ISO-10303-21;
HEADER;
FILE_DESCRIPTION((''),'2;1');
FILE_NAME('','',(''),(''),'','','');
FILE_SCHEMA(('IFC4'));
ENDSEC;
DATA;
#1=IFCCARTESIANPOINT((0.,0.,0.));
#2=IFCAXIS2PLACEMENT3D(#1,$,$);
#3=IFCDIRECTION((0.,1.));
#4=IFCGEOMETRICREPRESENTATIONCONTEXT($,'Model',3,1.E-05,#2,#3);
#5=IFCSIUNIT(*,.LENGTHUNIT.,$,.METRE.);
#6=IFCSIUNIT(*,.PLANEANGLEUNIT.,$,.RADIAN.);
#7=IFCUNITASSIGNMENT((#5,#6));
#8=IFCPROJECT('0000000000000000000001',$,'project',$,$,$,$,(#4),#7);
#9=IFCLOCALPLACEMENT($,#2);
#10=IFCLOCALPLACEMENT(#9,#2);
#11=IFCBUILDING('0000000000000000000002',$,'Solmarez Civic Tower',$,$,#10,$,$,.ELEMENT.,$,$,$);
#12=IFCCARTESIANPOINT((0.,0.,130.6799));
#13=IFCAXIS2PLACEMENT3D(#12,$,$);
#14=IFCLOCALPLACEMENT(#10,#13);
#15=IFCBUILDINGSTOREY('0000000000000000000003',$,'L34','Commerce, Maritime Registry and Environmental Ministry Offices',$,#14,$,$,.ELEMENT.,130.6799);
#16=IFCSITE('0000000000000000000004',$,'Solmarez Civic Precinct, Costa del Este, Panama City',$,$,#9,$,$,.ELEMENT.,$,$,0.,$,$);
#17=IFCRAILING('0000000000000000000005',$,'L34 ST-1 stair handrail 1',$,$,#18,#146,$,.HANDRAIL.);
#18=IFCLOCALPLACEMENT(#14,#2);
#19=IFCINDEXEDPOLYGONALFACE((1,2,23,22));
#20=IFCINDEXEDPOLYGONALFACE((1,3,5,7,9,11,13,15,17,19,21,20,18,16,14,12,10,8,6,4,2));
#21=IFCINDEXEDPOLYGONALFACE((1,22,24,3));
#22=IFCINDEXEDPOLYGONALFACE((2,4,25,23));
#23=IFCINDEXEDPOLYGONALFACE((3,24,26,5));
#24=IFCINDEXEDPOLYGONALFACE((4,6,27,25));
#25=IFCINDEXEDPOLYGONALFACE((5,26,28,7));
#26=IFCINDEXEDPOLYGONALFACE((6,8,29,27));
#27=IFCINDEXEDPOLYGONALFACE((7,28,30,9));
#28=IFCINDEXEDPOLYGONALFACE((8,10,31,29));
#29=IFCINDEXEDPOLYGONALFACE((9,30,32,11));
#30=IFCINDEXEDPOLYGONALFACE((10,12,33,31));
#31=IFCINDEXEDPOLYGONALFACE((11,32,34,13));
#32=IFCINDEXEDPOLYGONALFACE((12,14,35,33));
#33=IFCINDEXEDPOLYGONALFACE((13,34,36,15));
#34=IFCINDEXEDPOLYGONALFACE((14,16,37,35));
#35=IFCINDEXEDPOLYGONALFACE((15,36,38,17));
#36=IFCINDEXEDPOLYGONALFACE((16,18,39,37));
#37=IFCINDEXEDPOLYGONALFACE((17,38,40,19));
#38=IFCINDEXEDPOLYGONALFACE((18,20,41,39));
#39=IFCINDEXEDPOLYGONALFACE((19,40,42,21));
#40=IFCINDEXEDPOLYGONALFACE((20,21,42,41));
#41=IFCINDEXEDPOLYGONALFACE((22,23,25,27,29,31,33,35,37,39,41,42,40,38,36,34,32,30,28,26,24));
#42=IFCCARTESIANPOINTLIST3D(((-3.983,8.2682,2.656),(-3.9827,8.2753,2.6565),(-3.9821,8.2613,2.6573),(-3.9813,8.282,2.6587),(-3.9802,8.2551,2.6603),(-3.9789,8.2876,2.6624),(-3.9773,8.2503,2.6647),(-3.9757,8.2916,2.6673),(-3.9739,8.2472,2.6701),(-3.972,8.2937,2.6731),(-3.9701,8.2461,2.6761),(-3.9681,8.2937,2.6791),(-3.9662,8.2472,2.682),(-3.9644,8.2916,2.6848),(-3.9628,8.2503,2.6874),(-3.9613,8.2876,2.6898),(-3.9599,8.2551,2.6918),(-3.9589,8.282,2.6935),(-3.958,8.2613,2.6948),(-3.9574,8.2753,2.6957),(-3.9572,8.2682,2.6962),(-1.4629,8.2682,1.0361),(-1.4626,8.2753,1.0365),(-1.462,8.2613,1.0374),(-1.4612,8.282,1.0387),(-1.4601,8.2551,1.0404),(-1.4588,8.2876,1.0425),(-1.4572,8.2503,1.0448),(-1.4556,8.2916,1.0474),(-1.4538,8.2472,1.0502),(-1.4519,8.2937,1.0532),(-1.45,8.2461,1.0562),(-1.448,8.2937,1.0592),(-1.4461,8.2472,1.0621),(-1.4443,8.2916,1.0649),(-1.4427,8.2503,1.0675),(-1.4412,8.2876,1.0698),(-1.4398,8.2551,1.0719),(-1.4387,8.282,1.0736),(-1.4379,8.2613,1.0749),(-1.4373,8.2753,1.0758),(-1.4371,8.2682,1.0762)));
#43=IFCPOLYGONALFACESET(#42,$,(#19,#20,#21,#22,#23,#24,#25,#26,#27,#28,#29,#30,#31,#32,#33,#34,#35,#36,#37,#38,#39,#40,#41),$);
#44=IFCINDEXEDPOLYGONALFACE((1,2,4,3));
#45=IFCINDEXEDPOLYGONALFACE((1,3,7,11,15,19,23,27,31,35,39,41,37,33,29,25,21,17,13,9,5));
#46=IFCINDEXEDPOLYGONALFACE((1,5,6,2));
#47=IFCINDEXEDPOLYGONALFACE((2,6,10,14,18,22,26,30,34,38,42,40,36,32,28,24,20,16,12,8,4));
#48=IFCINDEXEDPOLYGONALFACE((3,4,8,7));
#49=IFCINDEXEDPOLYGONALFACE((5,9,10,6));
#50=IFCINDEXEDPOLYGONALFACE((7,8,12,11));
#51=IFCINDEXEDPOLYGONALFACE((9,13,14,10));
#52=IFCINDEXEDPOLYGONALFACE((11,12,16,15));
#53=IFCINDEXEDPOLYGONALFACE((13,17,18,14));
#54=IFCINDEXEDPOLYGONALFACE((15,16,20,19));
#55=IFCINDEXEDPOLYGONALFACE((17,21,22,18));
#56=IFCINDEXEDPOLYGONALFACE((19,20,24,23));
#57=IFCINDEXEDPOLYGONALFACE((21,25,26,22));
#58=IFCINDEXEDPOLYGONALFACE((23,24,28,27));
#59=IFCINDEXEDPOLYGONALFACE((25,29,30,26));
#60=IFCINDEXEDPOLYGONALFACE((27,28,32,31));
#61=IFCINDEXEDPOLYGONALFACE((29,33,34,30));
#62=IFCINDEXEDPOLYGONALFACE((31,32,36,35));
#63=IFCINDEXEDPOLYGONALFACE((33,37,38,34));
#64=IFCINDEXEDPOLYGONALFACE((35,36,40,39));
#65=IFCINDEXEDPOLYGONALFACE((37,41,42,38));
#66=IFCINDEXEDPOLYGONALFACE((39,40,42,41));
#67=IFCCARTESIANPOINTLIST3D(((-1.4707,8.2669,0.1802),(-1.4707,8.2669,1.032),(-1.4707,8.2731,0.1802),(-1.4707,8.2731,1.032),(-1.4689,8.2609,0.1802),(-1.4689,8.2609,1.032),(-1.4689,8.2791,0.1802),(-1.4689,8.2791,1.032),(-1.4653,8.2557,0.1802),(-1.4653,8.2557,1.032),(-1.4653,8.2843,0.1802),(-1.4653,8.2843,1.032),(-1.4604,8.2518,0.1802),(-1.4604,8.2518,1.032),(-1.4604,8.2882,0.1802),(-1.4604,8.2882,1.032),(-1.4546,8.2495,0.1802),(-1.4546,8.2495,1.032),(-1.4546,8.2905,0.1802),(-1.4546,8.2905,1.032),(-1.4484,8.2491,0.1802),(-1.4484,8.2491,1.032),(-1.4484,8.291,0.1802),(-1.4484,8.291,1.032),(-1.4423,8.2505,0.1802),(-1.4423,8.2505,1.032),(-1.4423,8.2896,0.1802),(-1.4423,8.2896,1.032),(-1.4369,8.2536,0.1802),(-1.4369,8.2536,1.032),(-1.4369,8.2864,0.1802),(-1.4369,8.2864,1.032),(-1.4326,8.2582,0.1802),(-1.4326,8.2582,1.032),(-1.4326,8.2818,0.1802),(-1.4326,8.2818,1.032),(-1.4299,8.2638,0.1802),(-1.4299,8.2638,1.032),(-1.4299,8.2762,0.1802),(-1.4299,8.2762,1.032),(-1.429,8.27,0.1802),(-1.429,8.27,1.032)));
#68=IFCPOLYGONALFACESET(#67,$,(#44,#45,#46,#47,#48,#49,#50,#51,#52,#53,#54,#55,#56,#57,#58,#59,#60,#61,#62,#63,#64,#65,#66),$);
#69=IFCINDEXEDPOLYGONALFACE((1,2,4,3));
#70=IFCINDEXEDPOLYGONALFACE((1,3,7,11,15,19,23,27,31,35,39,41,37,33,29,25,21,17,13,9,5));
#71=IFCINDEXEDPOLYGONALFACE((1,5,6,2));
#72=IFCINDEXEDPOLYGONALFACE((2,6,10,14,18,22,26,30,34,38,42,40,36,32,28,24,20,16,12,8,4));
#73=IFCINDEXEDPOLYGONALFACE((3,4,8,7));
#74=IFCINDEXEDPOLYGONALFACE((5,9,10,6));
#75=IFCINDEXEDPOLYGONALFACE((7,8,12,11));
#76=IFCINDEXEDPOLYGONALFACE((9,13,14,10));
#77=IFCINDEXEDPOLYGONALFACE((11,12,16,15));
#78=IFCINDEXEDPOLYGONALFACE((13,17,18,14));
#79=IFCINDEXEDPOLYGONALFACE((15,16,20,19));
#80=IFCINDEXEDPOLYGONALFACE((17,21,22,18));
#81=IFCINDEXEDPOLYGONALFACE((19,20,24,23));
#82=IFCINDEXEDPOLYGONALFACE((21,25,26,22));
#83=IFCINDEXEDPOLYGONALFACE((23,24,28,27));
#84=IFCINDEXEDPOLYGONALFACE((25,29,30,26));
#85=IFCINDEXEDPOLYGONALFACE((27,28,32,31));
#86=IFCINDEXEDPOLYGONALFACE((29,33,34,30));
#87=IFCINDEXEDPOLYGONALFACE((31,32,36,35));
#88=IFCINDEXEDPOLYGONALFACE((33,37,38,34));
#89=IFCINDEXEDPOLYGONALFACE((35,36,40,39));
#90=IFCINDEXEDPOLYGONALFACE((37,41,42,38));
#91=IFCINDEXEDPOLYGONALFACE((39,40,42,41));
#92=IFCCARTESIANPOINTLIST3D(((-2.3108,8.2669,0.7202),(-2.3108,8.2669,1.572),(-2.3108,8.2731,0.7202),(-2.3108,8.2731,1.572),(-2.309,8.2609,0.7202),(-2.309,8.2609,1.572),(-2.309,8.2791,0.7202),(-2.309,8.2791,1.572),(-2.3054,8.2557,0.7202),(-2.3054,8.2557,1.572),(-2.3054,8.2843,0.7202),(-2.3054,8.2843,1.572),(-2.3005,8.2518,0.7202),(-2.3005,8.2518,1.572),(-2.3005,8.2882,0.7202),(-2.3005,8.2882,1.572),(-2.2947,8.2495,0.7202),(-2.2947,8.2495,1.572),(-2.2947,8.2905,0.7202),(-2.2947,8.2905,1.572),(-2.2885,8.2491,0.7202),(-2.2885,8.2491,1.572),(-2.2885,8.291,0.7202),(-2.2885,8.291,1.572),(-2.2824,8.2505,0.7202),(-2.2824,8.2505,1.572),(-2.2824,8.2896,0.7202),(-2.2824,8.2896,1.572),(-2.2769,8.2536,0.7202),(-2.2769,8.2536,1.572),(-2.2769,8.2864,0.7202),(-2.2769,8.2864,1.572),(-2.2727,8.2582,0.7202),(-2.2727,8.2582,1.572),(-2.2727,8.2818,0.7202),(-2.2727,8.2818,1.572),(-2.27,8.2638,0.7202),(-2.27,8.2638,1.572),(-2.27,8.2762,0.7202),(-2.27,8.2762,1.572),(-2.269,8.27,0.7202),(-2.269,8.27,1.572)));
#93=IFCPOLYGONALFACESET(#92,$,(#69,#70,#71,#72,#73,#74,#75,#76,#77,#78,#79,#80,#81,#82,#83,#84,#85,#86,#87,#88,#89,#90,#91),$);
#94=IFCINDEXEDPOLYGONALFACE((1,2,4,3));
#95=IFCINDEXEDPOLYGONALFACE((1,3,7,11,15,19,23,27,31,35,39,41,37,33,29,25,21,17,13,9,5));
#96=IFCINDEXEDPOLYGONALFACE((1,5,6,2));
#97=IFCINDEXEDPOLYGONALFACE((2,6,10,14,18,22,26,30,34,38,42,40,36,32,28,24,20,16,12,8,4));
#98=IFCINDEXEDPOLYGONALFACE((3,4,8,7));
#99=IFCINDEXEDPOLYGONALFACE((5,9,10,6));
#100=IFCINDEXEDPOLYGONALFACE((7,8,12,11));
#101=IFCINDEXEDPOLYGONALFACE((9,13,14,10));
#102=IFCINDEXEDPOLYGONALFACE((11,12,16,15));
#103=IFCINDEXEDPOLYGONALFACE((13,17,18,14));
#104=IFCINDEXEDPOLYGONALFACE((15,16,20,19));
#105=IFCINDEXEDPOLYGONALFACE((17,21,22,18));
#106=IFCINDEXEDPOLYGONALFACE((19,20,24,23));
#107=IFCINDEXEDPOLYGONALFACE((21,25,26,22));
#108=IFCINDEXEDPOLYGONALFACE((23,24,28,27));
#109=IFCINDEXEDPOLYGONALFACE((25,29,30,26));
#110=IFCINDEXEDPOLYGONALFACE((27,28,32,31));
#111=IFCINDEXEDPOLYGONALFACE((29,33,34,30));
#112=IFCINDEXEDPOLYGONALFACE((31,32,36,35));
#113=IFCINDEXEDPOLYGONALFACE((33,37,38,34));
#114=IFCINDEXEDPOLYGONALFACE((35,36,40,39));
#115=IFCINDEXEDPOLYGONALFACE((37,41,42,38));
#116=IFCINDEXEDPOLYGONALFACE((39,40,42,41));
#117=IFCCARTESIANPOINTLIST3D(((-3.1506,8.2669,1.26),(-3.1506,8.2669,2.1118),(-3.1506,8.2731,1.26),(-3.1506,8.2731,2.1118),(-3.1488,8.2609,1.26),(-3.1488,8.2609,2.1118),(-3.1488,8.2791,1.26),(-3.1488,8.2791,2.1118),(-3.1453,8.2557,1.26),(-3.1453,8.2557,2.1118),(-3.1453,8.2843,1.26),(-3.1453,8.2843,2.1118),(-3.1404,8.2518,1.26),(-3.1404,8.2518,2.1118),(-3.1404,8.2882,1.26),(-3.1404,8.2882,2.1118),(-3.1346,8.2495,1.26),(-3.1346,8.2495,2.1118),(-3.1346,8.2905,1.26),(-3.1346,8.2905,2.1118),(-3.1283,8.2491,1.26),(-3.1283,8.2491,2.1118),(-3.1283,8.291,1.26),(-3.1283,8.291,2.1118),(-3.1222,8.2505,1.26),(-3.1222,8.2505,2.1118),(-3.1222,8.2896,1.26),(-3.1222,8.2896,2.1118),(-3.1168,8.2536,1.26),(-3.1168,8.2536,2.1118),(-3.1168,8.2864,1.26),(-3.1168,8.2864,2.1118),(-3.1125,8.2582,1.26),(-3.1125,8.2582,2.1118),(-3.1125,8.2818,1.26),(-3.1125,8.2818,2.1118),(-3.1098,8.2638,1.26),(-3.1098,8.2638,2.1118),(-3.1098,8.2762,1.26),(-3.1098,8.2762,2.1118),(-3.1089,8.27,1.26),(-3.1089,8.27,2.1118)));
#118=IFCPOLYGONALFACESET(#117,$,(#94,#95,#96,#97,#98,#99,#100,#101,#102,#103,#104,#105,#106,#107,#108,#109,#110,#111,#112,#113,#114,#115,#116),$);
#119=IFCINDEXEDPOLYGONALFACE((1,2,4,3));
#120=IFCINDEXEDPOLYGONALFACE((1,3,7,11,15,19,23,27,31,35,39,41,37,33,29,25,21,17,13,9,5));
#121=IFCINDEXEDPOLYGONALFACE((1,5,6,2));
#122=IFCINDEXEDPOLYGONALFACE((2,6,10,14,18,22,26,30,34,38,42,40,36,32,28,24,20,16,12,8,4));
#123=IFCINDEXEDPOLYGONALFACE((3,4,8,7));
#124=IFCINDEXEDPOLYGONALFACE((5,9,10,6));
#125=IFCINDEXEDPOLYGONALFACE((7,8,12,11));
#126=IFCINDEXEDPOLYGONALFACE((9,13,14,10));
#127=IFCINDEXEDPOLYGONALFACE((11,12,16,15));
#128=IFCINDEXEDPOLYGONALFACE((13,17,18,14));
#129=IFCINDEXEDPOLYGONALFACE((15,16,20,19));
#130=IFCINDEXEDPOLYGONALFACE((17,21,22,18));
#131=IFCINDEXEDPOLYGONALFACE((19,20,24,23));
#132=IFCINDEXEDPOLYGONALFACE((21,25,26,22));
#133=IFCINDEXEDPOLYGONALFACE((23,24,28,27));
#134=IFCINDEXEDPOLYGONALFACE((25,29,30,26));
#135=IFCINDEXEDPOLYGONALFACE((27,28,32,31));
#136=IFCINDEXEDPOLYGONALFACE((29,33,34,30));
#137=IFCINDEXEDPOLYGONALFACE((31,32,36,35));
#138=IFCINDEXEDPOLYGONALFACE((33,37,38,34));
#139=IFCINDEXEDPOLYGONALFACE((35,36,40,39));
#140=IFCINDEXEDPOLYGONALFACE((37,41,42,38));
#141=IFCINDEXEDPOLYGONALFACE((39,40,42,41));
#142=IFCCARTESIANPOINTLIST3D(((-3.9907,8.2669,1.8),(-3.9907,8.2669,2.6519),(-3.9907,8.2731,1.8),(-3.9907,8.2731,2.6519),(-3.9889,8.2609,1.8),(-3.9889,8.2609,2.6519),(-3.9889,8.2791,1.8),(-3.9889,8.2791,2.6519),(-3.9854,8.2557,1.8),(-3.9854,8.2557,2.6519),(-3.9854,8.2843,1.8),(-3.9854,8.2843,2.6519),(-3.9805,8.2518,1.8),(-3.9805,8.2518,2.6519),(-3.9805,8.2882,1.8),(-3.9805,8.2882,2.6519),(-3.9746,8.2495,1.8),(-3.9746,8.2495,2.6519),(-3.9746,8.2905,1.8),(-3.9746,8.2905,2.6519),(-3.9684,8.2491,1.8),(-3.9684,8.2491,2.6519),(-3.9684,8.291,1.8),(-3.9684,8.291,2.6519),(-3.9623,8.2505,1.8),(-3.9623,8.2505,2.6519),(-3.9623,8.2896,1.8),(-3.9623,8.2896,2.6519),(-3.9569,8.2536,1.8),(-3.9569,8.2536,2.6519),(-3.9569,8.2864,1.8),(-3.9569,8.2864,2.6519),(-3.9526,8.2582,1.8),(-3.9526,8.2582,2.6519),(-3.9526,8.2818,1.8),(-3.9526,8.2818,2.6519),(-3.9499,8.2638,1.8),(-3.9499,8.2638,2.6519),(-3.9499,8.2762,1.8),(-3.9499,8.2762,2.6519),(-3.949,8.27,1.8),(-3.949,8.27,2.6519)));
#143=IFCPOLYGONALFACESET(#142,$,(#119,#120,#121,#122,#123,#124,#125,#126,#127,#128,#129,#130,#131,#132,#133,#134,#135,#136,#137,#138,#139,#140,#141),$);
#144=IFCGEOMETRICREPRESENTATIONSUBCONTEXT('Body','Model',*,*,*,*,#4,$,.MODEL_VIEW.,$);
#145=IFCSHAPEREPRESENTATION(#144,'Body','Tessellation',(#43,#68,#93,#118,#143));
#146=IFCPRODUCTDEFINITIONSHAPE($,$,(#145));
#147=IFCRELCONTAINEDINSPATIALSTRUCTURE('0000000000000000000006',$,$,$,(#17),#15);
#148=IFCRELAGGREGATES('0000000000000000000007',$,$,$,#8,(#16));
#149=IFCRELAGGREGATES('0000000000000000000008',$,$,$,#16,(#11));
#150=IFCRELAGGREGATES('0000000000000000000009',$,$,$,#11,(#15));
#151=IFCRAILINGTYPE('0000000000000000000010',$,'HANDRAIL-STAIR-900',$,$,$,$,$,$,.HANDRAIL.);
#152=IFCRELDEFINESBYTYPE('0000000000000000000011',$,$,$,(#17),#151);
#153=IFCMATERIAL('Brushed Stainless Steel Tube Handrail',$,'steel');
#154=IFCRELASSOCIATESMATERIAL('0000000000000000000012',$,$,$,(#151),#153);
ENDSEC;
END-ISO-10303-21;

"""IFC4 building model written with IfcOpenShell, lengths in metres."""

from ifc_helpers import new_model, si_unit, direction, frame, origin, origin_2d, place, context, subcontext, project, spatial, circle, extrude, material, type_object, element, save


model = new_model("IFC4")

# Units and contexts
model_context = context("Model", 3, precision=1e-05, world=origin(), true_north=direction((0.0, 1.0)))
body_context = subcontext(model_context, "Body", "Model", "MODEL_VIEW")
ifc_project = project(units=[si_unit("LENGTHUNIT", "METRE"), si_unit("PLANEANGLEUNIT", "RADIAN")], contexts=[model_context])

# Site, building, storey
site_placement = place(None, origin())
site = spatial("IfcSite", under=ifc_project, at=site_placement, Name="Solmarez Civic Precinct, Costa del Este, Panama City", CompositionType="ELEMENT", RefElevation=0.0)
building_placement = place(site_placement, origin())
building = spatial("IfcBuilding", under=site, at=building_placement, Name="Solmarez Civic Tower", CompositionType="ELEMENT")
storey_placement = place(building_placement, frame((0.0, 0.0, 130.6799)))
storey = spatial("IfcBuildingStorey", under=building, at=storey_placement, Name="L34", Description="Commerce, Maritime Registry and Environmental Ministry Offices", CompositionType="ELEMENT", Elevation=130.6799)

# Railing
ifc_material_1 = material(Name="Brushed Stainless Steel Tube Handrail", Category="steel")
railing_type_1 = type_object("IfcRailingType", Name="HANDRAIL-STAIR-900", PredefinedType="HANDRAIL", material=ifc_material_1)
railing_1_placement = place(storey_placement, frame((-1.45, 8.27, 0.1802)))
element("IfcRailing", 1, at=railing_1_placement, inside=storey, type_object=railing_type_1, Name="L34 ST-1 stair handrail 1", PredefinedType="HANDRAIL", context=body_context, shape_type="SweptSolid", body=[
    extrude(circle(Radius=0.0239, at=origin_2d()), frame((0.0, 0.0, 0.876), z_axis=(-0.8412, 0.0, 0.540725), x_axis=(0.0, -1.0, 0.0)), (0.0, 0.0, 1.0), 2.9958),
    extrude(circle(Radius=0.021, at=origin_2d()), origin(), (0.0, 0.0, 1.0), 0.8518),
    extrude(circle(Radius=0.021, at=origin_2d()), frame((-0.8401, 0.0, 0.54)), (0.0, 0.0, 1.0), 0.8518),
    extrude(circle(Radius=0.021, at=origin_2d()), frame((-1.6799, 0.0, 1.0798)), (0.0, 0.0, 1.0), 0.8518),
    extrude(circle(Radius=0.021, at=origin_2d()), frame((-2.52, 0.0, 1.6199)), (0.0, 0.0, 1.0), 0.8518),
])

save(model, "model.ifc")
